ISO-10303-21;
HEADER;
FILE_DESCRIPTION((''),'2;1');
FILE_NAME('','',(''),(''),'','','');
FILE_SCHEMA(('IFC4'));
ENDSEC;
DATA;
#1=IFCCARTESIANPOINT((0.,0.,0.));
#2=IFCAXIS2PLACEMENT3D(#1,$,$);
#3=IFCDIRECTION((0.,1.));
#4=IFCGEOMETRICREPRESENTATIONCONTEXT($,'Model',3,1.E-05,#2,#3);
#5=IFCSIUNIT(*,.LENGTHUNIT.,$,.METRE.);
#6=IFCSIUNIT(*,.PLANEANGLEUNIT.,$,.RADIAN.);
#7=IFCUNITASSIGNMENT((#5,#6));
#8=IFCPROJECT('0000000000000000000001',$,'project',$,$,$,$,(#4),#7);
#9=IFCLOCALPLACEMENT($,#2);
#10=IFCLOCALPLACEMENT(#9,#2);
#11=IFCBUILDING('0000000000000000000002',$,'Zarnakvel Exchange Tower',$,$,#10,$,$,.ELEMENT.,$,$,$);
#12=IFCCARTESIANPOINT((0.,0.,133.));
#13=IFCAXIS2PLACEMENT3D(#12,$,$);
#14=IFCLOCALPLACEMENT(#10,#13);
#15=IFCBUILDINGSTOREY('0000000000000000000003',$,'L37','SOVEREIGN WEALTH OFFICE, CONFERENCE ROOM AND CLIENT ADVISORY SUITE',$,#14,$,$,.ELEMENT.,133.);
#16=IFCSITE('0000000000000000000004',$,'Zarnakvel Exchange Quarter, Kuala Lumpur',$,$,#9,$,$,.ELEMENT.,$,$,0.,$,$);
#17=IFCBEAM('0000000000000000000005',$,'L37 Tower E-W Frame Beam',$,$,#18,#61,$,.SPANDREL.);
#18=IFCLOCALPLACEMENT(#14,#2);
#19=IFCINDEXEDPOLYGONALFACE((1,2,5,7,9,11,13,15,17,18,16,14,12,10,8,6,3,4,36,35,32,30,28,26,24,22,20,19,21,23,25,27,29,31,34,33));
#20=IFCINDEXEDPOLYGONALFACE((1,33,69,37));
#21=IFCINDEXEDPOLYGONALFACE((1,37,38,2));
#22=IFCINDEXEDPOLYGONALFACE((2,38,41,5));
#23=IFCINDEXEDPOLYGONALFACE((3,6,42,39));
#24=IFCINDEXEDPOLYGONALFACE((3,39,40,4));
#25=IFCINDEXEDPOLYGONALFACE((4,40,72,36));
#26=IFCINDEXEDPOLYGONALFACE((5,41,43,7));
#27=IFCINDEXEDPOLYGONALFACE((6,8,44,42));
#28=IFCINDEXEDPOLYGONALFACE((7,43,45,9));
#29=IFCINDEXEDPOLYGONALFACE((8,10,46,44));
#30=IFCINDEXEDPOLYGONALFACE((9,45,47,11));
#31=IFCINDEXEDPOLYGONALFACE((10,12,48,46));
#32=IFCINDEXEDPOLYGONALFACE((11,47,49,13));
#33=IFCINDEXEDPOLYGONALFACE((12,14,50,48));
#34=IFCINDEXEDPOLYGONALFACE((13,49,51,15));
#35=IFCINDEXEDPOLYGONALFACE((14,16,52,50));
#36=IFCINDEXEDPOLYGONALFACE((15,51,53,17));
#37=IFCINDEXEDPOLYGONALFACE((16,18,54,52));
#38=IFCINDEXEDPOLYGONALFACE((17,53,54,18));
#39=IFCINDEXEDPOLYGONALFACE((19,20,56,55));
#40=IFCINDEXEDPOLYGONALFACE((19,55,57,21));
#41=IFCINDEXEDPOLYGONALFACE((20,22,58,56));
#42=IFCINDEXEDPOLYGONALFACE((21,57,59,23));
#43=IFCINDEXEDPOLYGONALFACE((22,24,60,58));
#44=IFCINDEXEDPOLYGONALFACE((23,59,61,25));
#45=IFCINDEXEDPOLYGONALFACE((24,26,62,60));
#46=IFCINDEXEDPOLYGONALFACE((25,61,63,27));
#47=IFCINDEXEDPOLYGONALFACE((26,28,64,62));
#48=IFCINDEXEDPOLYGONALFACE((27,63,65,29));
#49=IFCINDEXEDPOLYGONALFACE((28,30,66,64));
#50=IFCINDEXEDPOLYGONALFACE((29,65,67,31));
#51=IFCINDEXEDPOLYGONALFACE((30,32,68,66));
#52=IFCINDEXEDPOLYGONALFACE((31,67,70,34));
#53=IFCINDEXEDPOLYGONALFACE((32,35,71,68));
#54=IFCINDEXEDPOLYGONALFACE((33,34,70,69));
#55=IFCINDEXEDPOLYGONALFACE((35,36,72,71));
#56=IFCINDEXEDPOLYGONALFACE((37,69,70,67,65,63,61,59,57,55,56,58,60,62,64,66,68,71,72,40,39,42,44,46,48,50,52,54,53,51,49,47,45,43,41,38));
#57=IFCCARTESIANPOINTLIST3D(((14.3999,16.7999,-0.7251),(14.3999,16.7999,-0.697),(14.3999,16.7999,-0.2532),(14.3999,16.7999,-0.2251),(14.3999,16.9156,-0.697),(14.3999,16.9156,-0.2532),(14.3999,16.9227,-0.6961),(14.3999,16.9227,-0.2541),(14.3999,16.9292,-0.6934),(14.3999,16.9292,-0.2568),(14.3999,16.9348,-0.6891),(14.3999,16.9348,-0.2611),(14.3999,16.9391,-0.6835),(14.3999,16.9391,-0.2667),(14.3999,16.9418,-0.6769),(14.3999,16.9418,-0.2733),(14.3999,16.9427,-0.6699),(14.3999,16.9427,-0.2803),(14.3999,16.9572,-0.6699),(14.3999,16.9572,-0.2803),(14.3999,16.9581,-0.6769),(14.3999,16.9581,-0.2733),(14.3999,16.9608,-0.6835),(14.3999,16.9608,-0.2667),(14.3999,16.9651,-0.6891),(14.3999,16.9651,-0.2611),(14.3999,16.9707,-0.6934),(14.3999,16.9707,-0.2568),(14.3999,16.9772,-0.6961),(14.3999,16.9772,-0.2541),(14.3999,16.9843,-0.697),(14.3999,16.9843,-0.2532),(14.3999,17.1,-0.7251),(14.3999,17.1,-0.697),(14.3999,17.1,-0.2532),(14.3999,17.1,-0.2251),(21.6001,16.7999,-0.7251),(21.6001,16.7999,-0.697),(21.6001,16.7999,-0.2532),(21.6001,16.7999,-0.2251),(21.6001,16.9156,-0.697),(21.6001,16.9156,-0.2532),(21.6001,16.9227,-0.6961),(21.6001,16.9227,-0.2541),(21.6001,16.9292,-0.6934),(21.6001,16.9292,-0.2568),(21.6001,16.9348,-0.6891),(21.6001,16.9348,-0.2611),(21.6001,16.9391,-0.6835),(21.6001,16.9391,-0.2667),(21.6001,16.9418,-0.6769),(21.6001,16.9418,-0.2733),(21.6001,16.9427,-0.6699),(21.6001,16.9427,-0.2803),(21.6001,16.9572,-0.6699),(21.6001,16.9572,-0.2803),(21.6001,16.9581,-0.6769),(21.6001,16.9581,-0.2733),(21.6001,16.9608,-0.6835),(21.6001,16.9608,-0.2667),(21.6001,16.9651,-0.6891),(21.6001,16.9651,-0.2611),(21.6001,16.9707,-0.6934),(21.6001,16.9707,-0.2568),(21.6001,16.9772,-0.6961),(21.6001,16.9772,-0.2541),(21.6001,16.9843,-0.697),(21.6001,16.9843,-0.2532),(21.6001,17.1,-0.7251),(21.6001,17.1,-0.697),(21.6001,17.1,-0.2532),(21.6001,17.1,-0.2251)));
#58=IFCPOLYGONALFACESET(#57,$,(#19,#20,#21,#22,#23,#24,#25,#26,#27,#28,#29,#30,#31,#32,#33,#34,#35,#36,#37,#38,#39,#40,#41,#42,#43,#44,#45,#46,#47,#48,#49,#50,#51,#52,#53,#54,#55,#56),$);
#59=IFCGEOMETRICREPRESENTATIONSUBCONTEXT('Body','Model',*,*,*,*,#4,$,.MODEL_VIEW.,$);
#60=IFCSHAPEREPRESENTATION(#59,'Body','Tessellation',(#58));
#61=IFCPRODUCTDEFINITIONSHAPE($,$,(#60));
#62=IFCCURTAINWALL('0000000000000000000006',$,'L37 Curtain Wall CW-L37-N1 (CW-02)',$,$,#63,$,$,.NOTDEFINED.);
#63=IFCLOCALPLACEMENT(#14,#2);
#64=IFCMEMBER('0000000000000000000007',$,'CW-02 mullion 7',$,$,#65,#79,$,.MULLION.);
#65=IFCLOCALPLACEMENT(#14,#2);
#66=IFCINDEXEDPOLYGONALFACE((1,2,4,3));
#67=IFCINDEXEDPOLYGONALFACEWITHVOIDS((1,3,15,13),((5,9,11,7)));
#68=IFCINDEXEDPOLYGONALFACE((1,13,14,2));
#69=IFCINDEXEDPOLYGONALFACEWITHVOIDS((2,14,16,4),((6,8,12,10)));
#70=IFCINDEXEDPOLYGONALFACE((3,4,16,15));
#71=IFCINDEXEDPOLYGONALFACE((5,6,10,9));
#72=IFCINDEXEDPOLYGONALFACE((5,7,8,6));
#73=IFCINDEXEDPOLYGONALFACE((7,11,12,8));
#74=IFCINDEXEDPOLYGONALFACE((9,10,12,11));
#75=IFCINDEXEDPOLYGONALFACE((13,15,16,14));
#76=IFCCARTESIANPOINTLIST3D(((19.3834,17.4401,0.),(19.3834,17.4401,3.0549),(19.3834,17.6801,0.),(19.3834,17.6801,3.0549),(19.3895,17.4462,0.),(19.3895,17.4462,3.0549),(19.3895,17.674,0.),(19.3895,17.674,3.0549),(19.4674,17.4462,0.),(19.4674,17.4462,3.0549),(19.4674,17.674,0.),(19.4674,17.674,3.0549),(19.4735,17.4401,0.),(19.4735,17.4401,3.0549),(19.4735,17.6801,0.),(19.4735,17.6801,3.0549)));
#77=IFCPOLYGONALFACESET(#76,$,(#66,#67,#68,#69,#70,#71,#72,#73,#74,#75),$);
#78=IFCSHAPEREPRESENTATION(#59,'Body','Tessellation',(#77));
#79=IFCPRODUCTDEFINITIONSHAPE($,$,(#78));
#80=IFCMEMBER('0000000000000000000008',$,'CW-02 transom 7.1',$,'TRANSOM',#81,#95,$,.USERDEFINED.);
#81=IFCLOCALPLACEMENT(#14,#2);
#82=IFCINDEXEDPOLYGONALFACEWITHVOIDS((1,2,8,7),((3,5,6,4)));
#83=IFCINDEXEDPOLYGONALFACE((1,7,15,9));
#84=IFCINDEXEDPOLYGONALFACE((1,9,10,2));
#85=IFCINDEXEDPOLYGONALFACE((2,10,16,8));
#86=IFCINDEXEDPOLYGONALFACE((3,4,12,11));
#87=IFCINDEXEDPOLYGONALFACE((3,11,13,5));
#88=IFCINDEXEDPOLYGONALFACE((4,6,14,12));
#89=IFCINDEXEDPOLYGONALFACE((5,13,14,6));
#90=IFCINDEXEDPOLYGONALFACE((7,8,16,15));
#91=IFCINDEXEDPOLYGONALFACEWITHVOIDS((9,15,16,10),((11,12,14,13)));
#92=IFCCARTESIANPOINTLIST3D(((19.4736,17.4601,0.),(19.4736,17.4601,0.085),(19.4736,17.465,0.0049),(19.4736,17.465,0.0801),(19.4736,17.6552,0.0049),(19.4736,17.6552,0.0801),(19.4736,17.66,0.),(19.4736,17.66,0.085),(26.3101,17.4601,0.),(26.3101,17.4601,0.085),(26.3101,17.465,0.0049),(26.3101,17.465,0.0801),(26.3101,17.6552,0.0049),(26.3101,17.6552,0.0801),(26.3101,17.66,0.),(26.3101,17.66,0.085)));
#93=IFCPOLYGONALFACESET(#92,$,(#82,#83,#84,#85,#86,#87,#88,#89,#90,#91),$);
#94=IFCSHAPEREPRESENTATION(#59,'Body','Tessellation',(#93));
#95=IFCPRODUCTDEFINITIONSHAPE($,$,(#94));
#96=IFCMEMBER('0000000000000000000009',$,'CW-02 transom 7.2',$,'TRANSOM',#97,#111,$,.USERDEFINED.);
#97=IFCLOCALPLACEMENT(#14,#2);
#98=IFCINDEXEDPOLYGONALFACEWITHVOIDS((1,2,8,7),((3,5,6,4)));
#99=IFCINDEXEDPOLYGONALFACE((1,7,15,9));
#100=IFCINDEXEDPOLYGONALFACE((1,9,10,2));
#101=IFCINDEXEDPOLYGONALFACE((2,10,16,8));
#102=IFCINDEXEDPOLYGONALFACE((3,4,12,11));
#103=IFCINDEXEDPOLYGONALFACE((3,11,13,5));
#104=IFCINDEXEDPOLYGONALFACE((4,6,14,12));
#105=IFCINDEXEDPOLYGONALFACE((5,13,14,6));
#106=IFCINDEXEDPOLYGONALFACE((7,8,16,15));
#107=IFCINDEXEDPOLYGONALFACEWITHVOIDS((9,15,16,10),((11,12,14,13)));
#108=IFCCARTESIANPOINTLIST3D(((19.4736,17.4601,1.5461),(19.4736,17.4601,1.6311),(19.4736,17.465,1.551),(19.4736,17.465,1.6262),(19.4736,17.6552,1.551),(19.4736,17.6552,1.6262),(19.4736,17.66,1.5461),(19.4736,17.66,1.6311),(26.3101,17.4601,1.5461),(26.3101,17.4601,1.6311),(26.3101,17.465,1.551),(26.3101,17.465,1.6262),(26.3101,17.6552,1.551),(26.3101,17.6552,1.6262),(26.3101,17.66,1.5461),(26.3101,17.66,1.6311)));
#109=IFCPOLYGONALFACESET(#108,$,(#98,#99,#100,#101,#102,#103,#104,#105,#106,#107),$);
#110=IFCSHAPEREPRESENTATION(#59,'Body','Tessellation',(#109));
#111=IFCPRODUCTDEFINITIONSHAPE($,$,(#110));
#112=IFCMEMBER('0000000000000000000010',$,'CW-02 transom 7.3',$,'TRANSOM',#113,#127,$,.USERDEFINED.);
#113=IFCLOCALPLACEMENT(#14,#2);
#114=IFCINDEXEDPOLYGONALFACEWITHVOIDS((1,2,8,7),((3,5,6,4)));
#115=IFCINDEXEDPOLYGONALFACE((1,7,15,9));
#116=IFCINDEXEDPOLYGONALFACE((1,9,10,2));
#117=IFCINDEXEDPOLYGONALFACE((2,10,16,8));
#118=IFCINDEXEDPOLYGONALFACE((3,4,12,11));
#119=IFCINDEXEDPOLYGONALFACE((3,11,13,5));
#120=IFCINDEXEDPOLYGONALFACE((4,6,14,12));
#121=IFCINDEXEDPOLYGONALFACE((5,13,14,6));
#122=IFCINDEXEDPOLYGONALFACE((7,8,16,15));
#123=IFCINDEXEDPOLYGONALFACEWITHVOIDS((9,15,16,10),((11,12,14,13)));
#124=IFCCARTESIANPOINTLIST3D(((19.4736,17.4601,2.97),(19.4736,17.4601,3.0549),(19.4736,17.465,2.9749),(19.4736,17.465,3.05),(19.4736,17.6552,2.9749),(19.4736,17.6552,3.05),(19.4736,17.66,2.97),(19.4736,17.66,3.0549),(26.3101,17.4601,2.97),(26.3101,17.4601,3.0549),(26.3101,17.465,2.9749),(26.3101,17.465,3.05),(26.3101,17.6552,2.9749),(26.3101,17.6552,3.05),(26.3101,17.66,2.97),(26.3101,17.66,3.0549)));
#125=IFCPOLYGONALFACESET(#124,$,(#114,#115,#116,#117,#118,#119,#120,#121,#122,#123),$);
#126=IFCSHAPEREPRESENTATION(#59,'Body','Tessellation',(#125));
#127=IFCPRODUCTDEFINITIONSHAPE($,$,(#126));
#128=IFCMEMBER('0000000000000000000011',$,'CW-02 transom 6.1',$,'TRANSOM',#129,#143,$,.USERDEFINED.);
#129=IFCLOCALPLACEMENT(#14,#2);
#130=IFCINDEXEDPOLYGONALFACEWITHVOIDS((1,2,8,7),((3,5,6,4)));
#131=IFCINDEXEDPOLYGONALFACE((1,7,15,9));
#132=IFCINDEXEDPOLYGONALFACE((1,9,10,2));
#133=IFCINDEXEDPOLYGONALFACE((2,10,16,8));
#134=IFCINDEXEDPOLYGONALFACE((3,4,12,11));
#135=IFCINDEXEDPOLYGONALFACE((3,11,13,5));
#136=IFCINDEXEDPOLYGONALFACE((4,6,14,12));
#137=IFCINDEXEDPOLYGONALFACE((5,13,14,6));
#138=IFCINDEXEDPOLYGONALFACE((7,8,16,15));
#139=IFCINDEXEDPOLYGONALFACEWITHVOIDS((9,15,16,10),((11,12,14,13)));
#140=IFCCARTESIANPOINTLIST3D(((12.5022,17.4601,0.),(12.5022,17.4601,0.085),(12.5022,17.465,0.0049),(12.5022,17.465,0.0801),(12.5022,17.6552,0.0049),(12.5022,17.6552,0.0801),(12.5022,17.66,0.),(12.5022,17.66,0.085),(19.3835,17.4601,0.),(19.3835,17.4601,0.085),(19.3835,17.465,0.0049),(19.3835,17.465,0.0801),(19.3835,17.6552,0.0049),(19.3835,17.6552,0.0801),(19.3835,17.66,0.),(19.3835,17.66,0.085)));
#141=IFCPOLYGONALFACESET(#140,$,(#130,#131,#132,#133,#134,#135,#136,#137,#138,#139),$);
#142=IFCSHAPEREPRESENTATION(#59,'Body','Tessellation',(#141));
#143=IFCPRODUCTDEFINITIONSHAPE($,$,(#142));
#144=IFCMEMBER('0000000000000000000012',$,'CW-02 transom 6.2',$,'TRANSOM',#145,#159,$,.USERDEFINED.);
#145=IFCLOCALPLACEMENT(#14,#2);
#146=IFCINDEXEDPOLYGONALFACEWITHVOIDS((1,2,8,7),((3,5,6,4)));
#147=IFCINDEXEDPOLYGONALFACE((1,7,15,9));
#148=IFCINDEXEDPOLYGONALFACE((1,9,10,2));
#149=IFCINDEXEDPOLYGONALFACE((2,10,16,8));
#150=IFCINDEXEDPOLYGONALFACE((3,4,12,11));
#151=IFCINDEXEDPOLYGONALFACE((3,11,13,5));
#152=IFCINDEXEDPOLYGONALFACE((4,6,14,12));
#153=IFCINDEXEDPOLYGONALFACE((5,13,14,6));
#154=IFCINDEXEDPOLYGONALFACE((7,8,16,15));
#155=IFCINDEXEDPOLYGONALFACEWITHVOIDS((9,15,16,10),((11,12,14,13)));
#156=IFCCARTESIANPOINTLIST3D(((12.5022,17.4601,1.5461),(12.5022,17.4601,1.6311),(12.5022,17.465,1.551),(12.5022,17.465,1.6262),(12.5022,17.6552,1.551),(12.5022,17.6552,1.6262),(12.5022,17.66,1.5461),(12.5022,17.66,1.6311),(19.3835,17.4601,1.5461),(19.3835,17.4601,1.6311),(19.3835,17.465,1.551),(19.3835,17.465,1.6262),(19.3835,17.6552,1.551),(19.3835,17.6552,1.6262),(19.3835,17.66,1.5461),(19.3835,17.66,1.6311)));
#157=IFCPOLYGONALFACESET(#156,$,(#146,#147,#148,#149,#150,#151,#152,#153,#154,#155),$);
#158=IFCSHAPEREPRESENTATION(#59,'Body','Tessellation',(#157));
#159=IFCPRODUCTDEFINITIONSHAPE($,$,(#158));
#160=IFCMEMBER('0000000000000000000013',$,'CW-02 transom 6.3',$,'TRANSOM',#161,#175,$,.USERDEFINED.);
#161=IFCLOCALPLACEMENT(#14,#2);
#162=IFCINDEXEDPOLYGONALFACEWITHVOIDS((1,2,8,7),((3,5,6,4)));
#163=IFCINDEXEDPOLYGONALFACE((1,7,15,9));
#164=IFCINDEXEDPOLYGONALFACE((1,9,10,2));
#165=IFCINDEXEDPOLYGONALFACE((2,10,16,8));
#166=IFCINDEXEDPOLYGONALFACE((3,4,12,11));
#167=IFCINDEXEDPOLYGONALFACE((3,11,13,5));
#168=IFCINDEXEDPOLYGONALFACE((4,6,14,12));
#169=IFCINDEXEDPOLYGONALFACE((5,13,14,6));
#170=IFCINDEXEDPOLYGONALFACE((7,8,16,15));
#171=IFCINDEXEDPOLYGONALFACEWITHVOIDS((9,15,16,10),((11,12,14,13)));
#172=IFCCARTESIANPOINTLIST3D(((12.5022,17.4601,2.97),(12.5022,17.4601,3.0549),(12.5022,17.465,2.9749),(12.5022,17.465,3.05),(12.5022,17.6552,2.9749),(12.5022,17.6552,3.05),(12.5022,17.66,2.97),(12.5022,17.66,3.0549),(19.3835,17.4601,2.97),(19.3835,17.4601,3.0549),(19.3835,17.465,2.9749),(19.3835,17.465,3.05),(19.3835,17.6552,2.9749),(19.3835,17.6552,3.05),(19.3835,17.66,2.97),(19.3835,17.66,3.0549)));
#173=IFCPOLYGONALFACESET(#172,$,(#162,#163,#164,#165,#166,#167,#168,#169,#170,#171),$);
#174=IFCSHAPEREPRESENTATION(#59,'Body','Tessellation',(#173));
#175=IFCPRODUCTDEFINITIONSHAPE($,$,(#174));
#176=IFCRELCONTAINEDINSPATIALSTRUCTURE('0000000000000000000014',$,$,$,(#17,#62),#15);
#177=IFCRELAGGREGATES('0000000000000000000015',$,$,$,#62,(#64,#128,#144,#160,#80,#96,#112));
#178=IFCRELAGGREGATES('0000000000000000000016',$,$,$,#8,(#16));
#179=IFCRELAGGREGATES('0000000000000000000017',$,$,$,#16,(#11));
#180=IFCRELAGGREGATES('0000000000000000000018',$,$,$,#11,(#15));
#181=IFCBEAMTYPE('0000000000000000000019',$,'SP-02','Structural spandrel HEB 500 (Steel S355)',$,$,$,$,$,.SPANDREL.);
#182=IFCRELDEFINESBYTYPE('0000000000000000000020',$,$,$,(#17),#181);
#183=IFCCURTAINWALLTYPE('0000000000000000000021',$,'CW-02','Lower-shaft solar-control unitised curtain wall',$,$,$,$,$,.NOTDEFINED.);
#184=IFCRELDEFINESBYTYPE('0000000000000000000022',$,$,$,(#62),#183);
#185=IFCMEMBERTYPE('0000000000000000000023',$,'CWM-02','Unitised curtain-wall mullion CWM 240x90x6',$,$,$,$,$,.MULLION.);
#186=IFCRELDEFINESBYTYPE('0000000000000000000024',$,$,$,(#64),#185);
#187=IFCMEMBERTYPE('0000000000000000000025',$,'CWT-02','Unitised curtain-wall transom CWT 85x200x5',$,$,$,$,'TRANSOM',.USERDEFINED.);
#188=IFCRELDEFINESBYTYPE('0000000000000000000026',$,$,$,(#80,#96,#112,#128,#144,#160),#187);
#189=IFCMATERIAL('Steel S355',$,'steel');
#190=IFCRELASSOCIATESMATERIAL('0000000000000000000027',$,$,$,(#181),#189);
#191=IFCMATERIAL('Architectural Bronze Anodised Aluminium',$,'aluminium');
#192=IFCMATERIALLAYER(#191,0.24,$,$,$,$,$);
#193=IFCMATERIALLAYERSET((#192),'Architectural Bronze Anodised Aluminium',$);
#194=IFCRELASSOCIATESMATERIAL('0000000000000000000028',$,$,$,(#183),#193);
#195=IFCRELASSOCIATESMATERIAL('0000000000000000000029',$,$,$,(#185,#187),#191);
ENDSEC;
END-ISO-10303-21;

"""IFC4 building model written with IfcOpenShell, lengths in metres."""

from ifc_helpers import new_model, si_unit, direction, frame, origin, origin_2d, place, context, subcontext, project, spatial, hollow_rectangle, i_section, extrude, source, transform, mapped, material, layer, layer_set, material_profile, profile_set, type_object, element, aggregate, save


model = new_model("IFC4")

# Units and contexts
model_context = context("Model", 3, precision=1e-05, world=origin(), true_north=direction((0.0, 1.0)))
body_context = subcontext(model_context, "Body", "Model", "MODEL_VIEW")
ifc_project = project(units=[si_unit("LENGTHUNIT", "METRE"), si_unit("PLANEANGLEUNIT", "RADIAN")], contexts=[model_context])

# Site, building, storey
site_placement = place(None, origin())
site = spatial("IfcSite", under=ifc_project, at=site_placement, Name="Zarnakvel Exchange Quarter, Kuala Lumpur", CompositionType="ELEMENT", RefElevation=0.0)
building_placement = place(site_placement, origin())
building = spatial("IfcBuilding", under=site, at=building_placement, Name="Zarnakvel Exchange Tower", CompositionType="ELEMENT")
storey_placement = place(building_placement, frame((0.0, 0.0, 133.0)))
storey = spatial("IfcBuildingStorey", under=building, at=storey_placement, Name="L37", Description="SOVEREIGN WEALTH OFFICE, CONFERENCE ROOM AND CLIENT ADVISORY SUITE", CompositionType="ELEMENT", Elevation=133.0)

# Beam
ifc_material_1 = material(Name="Steel S355", Category="steel")
ifc_material_profile_1 = material_profile(ifc_material_1, i_section(OverallWidth=0.3, OverallDepth=0.5, WebThickness=0.0144, FlangeThickness=0.0281, FilletRadius=0.0271, at=origin_2d()))
ifc_profile_set_1 = profile_set([ifc_material_profile_1], Name="Steel S355")
beam_type_1 = type_object("IfcBeamType", Name="SP-02", Description="Structural spandrel HEB 500 (Steel S355)", PredefinedType="SPANDREL", material=ifc_profile_set_1)
beam_1_placement = place(storey_placement, frame((14.3999, 16.95, -0.4751), z_axis=(1.0, 0.0, 0.0), x_axis=(0.0, 1.0, 0.0)))
element("IfcBeam", 1, at=beam_1_placement, inside=storey, type_object=beam_type_1, Name="L37 Tower E-W Frame Beam", PredefinedType="SPANDREL", context=body_context, shape_type="SweptSolid", body=[
    extrude(i_section(OverallWidth=0.3, OverallDepth=0.5, WebThickness=0.0144, FlangeThickness=0.0281, FilletRadius=0.0271, at=origin_2d()), origin(), (0.0, 0.0, 1.0), 7.2002),
])

# Curtain wall, members
ifc_material_2 = material(Name="Architectural Bronze Anodised Aluminium", Category="aluminium")
ifc_layer_1 = layer(ifc_material_2, 0.24)
ifc_layer_set_1 = layer_set([ifc_layer_1], Name="Architectural Bronze Anodised Aluminium")
curtain_wall_type = type_object("IfcCurtainWallType", Name="CW-02", Description="Lower-shaft solar-control unitised curtain wall", PredefinedType="NOTDEFINED", material=ifc_layer_set_1)
curtain_wall_placement = place(storey_placement, origin())
curtain_wall = element("IfcCurtainWall", 2, at=curtain_wall_placement, inside=storey, type_object=curtain_wall_type, Name="L37 Curtain Wall CW-L37-N1 (CW-02)", PredefinedType="NOTDEFINED")
ifc_material_profile_2 = material_profile(ifc_material_2, hollow_rectangle(XDim=0.24, YDim=0.0901, WallThickness=0.0061, at=origin_2d()))
ifc_profile_set_2 = profile_set([ifc_material_profile_2], Name="Architectural Bronze Anodised Aluminium")
member_type_1 = type_object("IfcMemberType", Name="CWM-02", Description="Unitised curtain-wall mullion CWM 240x90x6", PredefinedType="MULLION", material=ifc_profile_set_2)
shared_shape_1 = source(origin(), body_context, "Body", "SweptSolid", [
    extrude(hollow_rectangle(XDim=0.24, YDim=0.0901, WallThickness=0.0061, at=origin_2d()), origin(), (0.0, 0.0, 1.0), 3.0549),
])
member_1_placement = place(storey_placement, frame((19.4285, 17.5601, 0.0), z_axis=(0.0, 0.0, 1.0), x_axis=(0.0, 1.0, 0.0)))
member_1 = element("IfcMember", 3, at=member_1_placement, type_object=member_type_1, Name="CW-02 mullion 7", PredefinedType="MULLION", context=body_context, shape_type="MappedRepresentation", body=[
    mapped(shared_shape_1, transform((0.0, 0.0, 0.0), x_axis=(1.0, 0.0, 0.0), y_axis=(0.0, 1.0, 0.0), z_axis=(0.0, 0.0, 1.0), scale=1.0)),
])
ifc_material_profile_3 = material_profile(ifc_material_2, hollow_rectangle(XDim=0.2, YDim=0.085, WallThickness=0.0049, at=origin_2d()))
ifc_profile_set_3 = profile_set([ifc_material_profile_3], Name="Architectural Bronze Anodised Aluminium")
member_type_2 = type_object("IfcMemberType", Name="CWT-02", Description="Unitised curtain-wall transom CWT 85x200x5", ElementType="TRANSOM", PredefinedType="USERDEFINED", material=ifc_profile_set_3)
shared_shape_2 = source(origin(), body_context, "Body", "SweptSolid", [
    extrude(hollow_rectangle(XDim=0.2, YDim=0.085, WallThickness=0.0049, at=origin_2d()), origin(), (0.0, 0.0, 1.0), 6.8364),
])
member_2_placement = place(storey_placement, frame((19.4736, 17.5601, 0.0425), z_axis=(1.0, 0.0, 0.0), x_axis=(0.0, 1.0, 0.0)))
member_2 = element("IfcMember", 4, at=member_2_placement, type_object=member_type_2, Name="CW-02 transom 7.1", ObjectType="TRANSOM", PredefinedType="USERDEFINED", context=body_context, shape_type="MappedRepresentation", body=[
    mapped(shared_shape_2, transform((0.0, 0.0, 0.0), x_axis=(1.0, 0.0, 0.0), y_axis=(0.0, 1.0, 0.0), z_axis=(0.0, 0.0, 1.0), scale=1.0)),
])
member_3_placement = place(storey_placement, frame((19.4736, 17.5601, 1.5886), z_axis=(1.0, 0.0, 0.0), x_axis=(0.0, 1.0, 0.0)))
member_3 = element("IfcMember", 5, at=member_3_placement, type_object=member_type_2, Name="CW-02 transom 7.2", ObjectType="TRANSOM", PredefinedType="USERDEFINED", context=body_context, shape_type="MappedRepresentation", body=[
    mapped(shared_shape_2, transform((0.0, 0.0, 0.0), x_axis=(1.0, 0.0, 0.0), y_axis=(0.0, 1.0, 0.0), z_axis=(0.0, 0.0, 1.0), scale=1.0)),
])
member_4_placement = place(storey_placement, frame((19.4736, 17.5601, 3.0125), z_axis=(1.0, 0.0, 0.0), x_axis=(0.0, 1.0, 0.0)))
member_4 = element("IfcMember", 6, at=member_4_placement, type_object=member_type_2, Name="CW-02 transom 7.3", ObjectType="TRANSOM", PredefinedType="USERDEFINED", context=body_context, shape_type="MappedRepresentation", body=[
    mapped(shared_shape_2, transform((0.0, 0.0, 0.0), x_axis=(1.0, 0.0, 0.0), y_axis=(0.0, 1.0, 0.0), z_axis=(0.0, 0.0, 1.0), scale=1.0)),
])
shared_shape_3 = source(origin(), body_context, "Body", "SweptSolid", [
    extrude(hollow_rectangle(XDim=0.2, YDim=0.085, WallThickness=0.0049, at=origin_2d()), origin(), (0.0, 0.0, 1.0), 6.8813),
])
member_5_placement = place(storey_placement, frame((12.5022, 17.5601, 0.0425), z_axis=(1.0, 0.0, 0.0), x_axis=(0.0, 1.0, 0.0)))
member_5 = element("IfcMember", 7, at=member_5_placement, type_object=member_type_2, Name="CW-02 transom 6.1", ObjectType="TRANSOM", PredefinedType="USERDEFINED", context=body_context, shape_type="MappedRepresentation", body=[
    mapped(shared_shape_3, transform((0.0, 0.0, 0.0), x_axis=(1.0, 0.0, 0.0), y_axis=(0.0, 1.0, 0.0), z_axis=(0.0, 0.0, 1.0), scale=1.0)),
])
member_6_placement = place(storey_placement, frame((12.5022, 17.5601, 1.5886), z_axis=(1.0, 0.0, 0.0), x_axis=(0.0, 1.0, 0.0)))
member_6 = element("IfcMember", 8, at=member_6_placement, type_object=member_type_2, Name="CW-02 transom 6.2", ObjectType="TRANSOM", PredefinedType="USERDEFINED", context=body_context, shape_type="MappedRepresentation", body=[
    mapped(shared_shape_3, transform((0.0, 0.0, 0.0), x_axis=(1.0, 0.0, 0.0), y_axis=(0.0, 1.0, 0.0), z_axis=(0.0, 0.0, 1.0), scale=1.0)),
])
member_7_placement = place(storey_placement, frame((12.5022, 17.5601, 3.0125), z_axis=(1.0, 0.0, 0.0), x_axis=(0.0, 1.0, 0.0)))
member_7 = element("IfcMember", 9, at=member_7_placement, type_object=member_type_2, Name="CW-02 transom 6.3", ObjectType="TRANSOM", PredefinedType="USERDEFINED", context=body_context, shape_type="MappedRepresentation", body=[
    mapped(shared_shape_3, transform((0.0, 0.0, 0.0), x_axis=(1.0, 0.0, 0.0), y_axis=(0.0, 1.0, 0.0), z_axis=(0.0, 0.0, 1.0), scale=1.0)),
])
aggregate(curtain_wall, [member_1, member_5, member_6, member_7, member_2, member_3, member_4])

save(model, "model.ifc")
